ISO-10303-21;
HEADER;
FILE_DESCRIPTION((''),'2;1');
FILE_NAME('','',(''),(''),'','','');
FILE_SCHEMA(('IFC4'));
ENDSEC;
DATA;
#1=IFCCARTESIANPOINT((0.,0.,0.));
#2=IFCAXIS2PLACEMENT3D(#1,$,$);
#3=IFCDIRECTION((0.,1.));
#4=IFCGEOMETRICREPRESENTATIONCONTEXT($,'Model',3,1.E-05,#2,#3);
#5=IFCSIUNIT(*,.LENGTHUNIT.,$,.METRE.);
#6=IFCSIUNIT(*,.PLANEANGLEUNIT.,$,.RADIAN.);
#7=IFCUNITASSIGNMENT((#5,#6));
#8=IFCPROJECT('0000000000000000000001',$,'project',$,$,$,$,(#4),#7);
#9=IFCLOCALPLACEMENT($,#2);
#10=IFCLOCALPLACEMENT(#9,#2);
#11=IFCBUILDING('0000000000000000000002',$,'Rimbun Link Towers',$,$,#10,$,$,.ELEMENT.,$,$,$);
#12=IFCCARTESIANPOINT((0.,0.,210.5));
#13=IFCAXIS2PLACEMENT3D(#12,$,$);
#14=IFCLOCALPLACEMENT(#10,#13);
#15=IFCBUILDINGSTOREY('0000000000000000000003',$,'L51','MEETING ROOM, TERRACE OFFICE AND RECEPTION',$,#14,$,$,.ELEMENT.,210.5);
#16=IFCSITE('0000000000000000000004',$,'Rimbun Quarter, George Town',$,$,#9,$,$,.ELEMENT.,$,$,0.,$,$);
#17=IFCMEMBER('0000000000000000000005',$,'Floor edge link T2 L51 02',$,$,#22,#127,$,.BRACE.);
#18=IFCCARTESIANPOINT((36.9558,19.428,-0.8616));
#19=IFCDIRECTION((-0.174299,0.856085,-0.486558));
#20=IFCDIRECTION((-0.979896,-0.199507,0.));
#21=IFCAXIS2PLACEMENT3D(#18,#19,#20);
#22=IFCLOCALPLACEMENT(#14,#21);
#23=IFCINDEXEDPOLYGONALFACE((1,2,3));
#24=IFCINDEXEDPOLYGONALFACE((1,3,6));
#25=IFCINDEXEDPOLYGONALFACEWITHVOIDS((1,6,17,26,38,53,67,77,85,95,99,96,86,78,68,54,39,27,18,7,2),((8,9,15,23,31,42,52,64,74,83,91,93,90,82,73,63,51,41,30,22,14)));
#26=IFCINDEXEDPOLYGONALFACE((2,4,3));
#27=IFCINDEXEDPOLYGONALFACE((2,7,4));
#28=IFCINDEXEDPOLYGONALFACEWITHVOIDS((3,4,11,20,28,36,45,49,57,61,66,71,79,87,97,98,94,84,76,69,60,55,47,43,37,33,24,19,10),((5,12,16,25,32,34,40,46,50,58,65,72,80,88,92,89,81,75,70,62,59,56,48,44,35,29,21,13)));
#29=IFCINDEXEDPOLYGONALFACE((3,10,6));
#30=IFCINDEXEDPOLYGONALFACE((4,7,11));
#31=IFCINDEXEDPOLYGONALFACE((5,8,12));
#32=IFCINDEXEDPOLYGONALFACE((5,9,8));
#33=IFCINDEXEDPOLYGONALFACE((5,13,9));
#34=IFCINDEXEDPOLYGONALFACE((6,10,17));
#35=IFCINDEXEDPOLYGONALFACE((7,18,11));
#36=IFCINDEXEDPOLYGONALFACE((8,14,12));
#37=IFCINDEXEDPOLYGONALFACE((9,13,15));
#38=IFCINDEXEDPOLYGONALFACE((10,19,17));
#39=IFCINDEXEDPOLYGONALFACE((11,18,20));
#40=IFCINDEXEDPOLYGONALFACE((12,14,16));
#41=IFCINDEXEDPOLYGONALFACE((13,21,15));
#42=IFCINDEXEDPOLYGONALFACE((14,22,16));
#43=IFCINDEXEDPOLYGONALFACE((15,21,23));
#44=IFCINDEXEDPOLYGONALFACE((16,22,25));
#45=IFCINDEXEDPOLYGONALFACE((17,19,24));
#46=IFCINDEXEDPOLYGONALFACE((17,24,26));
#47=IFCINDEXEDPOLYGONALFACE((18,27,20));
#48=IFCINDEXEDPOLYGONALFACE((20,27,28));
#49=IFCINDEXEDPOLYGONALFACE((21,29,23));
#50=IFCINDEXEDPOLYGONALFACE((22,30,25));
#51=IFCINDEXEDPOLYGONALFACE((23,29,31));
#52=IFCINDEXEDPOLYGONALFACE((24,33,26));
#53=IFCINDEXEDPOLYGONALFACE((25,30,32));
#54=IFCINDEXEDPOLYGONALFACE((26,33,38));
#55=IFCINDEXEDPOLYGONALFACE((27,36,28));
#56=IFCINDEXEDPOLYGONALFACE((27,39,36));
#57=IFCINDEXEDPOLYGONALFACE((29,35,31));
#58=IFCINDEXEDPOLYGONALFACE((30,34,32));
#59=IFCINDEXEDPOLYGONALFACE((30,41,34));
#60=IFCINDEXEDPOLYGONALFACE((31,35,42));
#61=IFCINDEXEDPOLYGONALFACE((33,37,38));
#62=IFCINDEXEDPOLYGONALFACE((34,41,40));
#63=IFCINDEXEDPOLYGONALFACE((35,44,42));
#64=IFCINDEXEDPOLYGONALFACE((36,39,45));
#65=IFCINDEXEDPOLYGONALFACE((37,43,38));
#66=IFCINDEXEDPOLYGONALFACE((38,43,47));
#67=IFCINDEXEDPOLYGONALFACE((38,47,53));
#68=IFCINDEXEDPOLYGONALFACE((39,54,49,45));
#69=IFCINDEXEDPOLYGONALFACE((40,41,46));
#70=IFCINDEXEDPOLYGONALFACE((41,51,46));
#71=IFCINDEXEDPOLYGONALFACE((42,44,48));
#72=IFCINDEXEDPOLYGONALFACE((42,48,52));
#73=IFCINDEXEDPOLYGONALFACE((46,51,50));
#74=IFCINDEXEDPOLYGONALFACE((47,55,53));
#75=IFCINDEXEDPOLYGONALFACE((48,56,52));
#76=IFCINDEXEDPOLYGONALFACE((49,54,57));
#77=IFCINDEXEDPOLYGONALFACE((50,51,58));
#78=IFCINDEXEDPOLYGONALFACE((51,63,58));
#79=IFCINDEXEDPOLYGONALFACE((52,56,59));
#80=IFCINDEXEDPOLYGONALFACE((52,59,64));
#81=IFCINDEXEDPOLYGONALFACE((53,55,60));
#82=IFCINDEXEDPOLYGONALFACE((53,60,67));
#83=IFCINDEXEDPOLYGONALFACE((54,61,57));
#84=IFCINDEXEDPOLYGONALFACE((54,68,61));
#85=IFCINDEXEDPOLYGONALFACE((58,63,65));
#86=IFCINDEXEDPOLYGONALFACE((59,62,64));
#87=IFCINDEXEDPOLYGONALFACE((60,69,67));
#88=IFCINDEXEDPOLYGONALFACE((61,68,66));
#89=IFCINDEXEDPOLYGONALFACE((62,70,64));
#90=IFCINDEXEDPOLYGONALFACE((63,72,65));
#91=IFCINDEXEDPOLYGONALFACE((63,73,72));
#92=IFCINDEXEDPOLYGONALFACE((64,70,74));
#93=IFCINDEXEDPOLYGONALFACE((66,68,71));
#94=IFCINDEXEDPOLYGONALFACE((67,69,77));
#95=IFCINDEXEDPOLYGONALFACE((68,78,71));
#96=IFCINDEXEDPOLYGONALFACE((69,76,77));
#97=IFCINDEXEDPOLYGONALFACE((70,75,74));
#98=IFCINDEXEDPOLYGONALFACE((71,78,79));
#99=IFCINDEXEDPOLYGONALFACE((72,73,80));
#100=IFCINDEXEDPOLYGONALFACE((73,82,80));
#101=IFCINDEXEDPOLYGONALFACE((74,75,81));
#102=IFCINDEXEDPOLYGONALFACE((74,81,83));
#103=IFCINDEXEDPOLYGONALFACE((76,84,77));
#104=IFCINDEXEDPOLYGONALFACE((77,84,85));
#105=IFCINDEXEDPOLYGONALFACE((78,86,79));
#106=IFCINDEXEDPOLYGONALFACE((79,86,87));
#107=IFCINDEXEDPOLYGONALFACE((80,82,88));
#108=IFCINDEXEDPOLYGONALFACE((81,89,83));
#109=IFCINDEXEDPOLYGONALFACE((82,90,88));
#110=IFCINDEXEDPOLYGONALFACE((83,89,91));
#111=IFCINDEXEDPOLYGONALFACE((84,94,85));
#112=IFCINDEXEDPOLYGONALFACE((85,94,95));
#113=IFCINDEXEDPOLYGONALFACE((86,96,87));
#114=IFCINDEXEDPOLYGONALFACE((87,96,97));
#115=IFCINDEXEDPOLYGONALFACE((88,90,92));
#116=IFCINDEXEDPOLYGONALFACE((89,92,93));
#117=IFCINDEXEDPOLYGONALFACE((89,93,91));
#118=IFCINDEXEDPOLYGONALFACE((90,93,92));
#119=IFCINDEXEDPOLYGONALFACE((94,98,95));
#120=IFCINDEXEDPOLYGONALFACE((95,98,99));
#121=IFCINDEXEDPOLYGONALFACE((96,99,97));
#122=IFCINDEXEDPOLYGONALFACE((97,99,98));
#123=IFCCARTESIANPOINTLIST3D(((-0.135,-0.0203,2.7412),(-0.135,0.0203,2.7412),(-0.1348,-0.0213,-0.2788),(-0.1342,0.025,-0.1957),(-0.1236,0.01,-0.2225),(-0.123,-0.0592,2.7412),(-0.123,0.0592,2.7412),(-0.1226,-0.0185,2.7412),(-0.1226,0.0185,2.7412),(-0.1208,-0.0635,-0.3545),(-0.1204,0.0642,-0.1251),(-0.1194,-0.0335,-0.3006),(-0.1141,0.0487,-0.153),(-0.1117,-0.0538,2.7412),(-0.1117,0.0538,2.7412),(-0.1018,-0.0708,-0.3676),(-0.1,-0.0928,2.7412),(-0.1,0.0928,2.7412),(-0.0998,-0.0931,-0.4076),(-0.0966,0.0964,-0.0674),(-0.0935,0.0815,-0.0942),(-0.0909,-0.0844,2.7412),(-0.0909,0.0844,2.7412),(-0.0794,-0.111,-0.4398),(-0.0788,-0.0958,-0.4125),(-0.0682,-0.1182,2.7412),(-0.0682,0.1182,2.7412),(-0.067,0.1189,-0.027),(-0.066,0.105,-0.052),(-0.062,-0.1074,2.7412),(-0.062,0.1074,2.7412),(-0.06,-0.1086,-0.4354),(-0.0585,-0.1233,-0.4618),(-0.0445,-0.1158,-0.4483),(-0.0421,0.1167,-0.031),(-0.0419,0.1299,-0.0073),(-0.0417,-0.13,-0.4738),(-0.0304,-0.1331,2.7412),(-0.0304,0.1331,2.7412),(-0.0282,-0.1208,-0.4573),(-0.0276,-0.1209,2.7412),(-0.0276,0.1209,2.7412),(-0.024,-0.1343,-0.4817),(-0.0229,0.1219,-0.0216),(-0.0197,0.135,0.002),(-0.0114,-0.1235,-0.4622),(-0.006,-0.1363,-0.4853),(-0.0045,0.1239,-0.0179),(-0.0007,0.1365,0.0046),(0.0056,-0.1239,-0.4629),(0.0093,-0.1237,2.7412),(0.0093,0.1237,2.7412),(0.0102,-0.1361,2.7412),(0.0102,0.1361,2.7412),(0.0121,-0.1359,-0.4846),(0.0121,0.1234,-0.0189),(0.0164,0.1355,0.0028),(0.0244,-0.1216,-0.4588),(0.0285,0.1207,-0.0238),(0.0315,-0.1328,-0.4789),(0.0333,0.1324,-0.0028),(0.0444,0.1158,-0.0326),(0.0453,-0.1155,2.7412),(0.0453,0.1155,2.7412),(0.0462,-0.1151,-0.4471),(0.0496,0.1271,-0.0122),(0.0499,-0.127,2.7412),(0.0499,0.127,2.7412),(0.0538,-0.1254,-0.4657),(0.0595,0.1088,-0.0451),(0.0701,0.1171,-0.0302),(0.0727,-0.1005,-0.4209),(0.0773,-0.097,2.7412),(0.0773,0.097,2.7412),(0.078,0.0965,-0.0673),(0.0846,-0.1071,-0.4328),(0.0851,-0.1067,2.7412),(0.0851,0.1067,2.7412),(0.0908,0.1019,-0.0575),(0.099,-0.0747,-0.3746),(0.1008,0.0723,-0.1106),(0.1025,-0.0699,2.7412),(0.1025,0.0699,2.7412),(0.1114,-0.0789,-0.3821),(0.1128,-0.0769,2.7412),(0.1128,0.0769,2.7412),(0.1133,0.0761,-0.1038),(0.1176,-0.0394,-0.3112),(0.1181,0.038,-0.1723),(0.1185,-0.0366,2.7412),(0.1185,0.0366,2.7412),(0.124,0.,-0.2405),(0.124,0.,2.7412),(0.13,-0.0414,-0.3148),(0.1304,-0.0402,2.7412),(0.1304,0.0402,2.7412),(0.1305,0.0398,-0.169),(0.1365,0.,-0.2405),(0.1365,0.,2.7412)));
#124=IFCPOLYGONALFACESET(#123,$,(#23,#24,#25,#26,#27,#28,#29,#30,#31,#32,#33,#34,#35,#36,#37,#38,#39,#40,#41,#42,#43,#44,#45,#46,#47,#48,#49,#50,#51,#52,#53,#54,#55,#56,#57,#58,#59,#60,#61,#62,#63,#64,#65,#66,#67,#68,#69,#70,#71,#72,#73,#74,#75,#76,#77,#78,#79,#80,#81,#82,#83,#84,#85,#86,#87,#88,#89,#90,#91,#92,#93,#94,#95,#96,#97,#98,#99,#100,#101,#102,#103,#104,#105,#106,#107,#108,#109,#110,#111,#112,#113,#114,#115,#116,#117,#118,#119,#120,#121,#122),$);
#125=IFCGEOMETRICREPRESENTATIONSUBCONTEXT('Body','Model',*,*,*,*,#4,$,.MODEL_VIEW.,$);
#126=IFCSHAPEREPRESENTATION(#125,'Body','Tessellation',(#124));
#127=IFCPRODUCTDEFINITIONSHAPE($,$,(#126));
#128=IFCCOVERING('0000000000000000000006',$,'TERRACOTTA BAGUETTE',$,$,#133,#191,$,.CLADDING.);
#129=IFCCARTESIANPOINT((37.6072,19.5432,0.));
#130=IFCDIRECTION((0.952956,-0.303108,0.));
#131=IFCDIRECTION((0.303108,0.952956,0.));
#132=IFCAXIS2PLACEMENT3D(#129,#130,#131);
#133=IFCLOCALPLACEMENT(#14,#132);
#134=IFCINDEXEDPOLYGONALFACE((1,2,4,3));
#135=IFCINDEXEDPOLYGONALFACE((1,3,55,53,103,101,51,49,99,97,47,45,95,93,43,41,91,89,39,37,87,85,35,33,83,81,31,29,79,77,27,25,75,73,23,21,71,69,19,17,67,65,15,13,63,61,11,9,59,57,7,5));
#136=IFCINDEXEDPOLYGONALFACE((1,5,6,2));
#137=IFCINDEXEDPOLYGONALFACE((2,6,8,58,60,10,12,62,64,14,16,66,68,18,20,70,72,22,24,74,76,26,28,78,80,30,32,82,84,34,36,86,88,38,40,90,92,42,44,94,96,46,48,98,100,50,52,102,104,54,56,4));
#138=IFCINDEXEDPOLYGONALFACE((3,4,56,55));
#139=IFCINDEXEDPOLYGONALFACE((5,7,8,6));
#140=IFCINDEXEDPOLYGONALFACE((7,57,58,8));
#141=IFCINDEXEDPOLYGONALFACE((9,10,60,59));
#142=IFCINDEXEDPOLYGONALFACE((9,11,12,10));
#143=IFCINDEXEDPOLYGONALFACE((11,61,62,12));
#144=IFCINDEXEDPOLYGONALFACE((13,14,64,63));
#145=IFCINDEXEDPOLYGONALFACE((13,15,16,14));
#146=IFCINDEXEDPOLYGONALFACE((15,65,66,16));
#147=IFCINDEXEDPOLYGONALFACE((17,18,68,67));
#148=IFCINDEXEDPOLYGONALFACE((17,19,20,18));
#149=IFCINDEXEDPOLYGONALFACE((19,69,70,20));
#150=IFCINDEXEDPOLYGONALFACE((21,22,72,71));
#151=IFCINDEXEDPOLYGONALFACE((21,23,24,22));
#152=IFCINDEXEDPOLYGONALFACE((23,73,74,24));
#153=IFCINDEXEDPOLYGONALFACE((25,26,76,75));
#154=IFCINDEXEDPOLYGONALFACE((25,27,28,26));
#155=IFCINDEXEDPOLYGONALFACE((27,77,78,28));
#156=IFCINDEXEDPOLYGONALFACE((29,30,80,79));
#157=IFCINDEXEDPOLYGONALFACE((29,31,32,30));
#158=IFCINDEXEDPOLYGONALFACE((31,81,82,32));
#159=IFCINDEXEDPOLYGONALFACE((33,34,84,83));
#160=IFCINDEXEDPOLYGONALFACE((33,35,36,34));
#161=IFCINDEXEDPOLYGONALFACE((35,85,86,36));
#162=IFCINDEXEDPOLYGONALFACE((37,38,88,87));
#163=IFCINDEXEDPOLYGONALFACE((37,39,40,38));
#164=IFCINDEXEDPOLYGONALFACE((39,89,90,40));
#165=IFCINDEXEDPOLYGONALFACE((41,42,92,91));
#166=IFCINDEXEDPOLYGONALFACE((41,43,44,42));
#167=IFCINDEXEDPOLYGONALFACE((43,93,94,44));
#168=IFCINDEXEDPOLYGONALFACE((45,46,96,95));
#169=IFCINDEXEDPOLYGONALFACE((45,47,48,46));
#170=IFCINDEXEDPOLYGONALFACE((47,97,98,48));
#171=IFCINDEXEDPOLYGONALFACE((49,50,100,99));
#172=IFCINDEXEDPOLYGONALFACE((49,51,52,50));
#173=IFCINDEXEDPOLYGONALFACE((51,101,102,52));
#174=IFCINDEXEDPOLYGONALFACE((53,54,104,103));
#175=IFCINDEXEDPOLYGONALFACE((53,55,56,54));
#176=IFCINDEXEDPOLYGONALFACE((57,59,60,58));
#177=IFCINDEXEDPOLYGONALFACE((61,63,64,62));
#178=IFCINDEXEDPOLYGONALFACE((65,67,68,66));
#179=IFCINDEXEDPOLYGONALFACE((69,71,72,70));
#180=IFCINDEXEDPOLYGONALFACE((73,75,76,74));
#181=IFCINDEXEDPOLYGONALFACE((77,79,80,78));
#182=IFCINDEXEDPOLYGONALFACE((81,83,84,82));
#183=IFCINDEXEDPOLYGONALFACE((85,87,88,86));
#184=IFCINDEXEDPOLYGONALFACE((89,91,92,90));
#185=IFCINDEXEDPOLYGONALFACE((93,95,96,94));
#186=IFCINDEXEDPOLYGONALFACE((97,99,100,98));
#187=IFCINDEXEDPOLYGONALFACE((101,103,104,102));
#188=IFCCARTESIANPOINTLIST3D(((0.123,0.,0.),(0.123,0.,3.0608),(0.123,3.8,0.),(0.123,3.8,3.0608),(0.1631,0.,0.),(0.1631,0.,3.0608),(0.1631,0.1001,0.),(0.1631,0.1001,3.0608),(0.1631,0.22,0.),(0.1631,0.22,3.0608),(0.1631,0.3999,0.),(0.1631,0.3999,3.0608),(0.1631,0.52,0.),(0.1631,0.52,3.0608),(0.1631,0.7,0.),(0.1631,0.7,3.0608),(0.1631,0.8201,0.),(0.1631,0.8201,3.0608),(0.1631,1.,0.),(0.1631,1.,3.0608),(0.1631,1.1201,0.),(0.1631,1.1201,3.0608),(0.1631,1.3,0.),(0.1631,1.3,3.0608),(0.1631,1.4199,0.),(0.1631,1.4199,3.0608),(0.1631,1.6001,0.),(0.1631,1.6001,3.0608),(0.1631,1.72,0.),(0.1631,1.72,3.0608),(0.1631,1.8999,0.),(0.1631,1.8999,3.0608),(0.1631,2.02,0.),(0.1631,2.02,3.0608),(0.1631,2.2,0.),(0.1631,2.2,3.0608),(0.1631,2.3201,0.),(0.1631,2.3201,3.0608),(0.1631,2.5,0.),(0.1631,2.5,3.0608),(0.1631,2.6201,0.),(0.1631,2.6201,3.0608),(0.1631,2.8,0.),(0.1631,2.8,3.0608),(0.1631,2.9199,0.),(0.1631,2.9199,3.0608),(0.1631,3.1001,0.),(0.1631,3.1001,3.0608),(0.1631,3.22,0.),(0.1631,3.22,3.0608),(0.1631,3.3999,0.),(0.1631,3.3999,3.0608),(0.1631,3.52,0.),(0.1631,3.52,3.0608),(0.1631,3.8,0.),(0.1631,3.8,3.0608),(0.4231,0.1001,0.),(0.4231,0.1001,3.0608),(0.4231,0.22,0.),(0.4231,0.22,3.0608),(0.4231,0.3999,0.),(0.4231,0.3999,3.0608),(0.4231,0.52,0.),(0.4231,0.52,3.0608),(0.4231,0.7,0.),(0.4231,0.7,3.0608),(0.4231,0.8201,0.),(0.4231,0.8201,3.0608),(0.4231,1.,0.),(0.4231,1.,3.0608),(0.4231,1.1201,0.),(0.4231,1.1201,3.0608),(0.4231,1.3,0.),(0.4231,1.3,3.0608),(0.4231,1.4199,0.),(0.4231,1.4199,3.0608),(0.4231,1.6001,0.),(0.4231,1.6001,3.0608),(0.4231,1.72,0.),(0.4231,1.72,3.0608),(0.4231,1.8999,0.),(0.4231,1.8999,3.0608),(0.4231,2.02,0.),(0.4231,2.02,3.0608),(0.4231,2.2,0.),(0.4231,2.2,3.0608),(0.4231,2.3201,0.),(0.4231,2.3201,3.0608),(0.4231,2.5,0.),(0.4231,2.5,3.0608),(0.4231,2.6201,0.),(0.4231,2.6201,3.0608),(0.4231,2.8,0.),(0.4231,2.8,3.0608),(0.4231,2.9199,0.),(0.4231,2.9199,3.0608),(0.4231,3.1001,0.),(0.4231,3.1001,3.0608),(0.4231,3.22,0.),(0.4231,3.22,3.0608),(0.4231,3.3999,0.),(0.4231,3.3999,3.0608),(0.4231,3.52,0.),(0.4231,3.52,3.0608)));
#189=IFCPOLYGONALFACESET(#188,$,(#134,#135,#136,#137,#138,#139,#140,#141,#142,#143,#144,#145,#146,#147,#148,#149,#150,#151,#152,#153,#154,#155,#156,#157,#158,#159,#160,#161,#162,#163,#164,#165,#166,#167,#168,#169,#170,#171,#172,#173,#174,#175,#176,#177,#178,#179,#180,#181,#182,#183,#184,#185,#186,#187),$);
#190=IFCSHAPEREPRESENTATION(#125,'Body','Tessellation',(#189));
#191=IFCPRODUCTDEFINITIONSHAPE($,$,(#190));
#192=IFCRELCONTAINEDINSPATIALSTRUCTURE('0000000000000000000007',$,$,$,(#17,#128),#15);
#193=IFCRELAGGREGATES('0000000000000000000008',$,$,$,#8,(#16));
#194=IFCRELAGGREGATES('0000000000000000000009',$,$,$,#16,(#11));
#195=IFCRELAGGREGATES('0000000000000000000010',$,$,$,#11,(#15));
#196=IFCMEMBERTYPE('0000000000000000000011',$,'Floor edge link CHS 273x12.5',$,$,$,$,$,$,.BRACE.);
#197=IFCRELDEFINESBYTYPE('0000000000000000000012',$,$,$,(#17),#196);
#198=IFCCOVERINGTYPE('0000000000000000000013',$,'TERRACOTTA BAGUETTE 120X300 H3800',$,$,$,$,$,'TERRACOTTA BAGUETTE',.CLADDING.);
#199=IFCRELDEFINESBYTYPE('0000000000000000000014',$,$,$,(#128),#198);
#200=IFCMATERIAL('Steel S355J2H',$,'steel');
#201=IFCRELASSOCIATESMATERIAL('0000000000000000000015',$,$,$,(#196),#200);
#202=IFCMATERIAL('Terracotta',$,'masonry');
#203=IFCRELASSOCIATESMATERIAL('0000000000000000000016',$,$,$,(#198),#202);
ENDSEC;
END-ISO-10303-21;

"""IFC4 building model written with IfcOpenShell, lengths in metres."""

from ifc_helpers import new_model, si_unit, direction, frame, origin, origin_2d, place, context, subcontext, project, spatial, polyline, hollow_circle, outline, extrude, clip, halfspace, material, material_profile, profile_set, type_object, element, save


model = new_model("IFC4")

# Units and contexts
model_context = context("Model", 3, precision=1e-05, world=origin(), true_north=direction((0.0, 1.0)))
body_context = subcontext(model_context, "Body", "Model", "MODEL_VIEW")
ifc_project = project(units=[si_unit("LENGTHUNIT", "METRE"), si_unit("PLANEANGLEUNIT", "RADIAN")], contexts=[model_context])

# Site, building, storey
site_placement = place(None, origin())
site = spatial("IfcSite", under=ifc_project, at=site_placement, Name="Rimbun Quarter, George Town", CompositionType="ELEMENT", RefElevation=0.0)
building_placement = place(site_placement, origin())
building = spatial("IfcBuilding", under=site, at=building_placement, Name="Rimbun Link Towers", CompositionType="ELEMENT")
storey_placement = place(building_placement, frame((0.0, 0.0, 210.5)))
storey = spatial("IfcBuildingStorey", under=building, at=storey_placement, Name="L51", Description="MEETING ROOM, TERRACE OFFICE AND RECEPTION", CompositionType="ELEMENT", Elevation=210.5)

# Member
ifc_material_1 = material(Name="Steel S355J2H", Category="steel")
ifc_material_profile_1 = material_profile(ifc_material_1, hollow_circle(Radius=0.1365, WallThickness=0.0125, at=origin_2d()), Name="CHS 273x12.5")
ifc_profile_set_1 = profile_set([ifc_material_profile_1], Name="Steel S355J2H")
member_type_1 = type_object("IfcMemberType", Name="Floor edge link CHS 273x12.5", PredefinedType="BRACE", material=ifc_profile_set_1)
member_1_placement = place(storey_placement, frame((36.9558, 19.428, -0.8616), z_axis=(-0.174299, 0.856085, -0.486558), x_axis=(-0.979896, -0.199507, 0.0)))
element("IfcMember", 1, at=member_1_placement, inside=storey, type_object=member_type_1, Name="Floor edge link T2 L51 02", PredefinedType="BRACE", context=body_context, shape_type="Clipping", body=[
    clip(extrude(hollow_circle(Radius=0.1365, WallThickness=0.0125, at=origin_2d()), frame((0.0, 0.0, -0.5107)), (0.0, 0.0, 1.0), 3.252), halfspace(frame((0.0, 0.0, -0.2405), z_axis=(0.0, 0.873648, -0.486558)), False)),
])

# Covering
ifc_material_2 = material(Name="Terracotta", Category="masonry")
ifc_material_profile_2 = material_profile(ifc_material_2, outline(polyline([(0.123, 0.0), (0.1631, 0.0), (0.1631, 0.1001), (0.4231, 0.1001), (0.4231, 0.22), (0.1631, 0.22), (0.1631, 0.3999), (0.4231, 0.3999), (0.4231, 0.52), (0.1631, 0.52), (0.1631, 0.7), (0.4231, 0.7), (0.4231, 0.8201), (0.1631, 0.8201), (0.1631, 1.0), (0.4231, 1.0), (0.4231, 1.1201), (0.1631, 1.1201), (0.1631, 1.3), (0.4231, 1.3), (0.4231, 1.4199), (0.1631, 1.4199), (0.1631, 1.6001), (0.4231, 1.6001), (0.4231, 1.72), (0.1631, 1.72), (0.1631, 1.8999), (0.4231, 1.8999), (0.4231, 2.02), (0.1631, 2.02), (0.1631, 2.2), (0.4231, 2.2), (0.4231, 2.3201), (0.1631, 2.3201), (0.1631, 2.5), (0.4231, 2.5), (0.4231, 2.6201), (0.1631, 2.6201), (0.1631, 2.8), (0.4231, 2.8), (0.4231, 2.9199), (0.1631, 2.9199), (0.1631, 3.1001), (0.4231, 3.1001), (0.4231, 3.22), (0.1631, 3.22), (0.1631, 3.3999), (0.4231, 3.3999), (0.4231, 3.52), (0.1631, 3.52), (0.1631, 3.8), (0.123, 3.8), (0.123, 0.0)])), Name="BAGUETTE 120X300")
ifc_profile_set_2 = profile_set([ifc_material_profile_2], Name="Terracotta")
covering_type = type_object("IfcCoveringType", Name="TERRACOTTA BAGUETTE 120X300 H3800", ElementType="TERRACOTTA BAGUETTE", PredefinedType="CLADDING", material=ifc_profile_set_2)
covering_1_placement = place(storey_placement, frame((37.6072, 19.5432, 0.0), z_axis=(0.952956, -0.303108, 0.0), x_axis=(0.303108, 0.952956, 0.0)))
element("IfcCovering", 2, at=covering_1_placement, inside=storey, type_object=covering_type, Name="TERRACOTTA BAGUETTE", PredefinedType="CLADDING", context=body_context, shape_type="SweptSolid", body=[
    extrude(outline(polyline([(0.123, 0.0), (0.1631, 0.0), (0.1631, 0.1001), (0.4231, 0.1001), (0.4231, 0.22), (0.1631, 0.22), (0.1631, 0.3999), (0.4231, 0.3999), (0.4231, 0.52), (0.1631, 0.52), (0.1631, 0.7), (0.4231, 0.7), (0.4231, 0.8201), (0.1631, 0.8201), (0.1631, 1.0), (0.4231, 1.0), (0.4231, 1.1201), (0.1631, 1.1201), (0.1631, 1.3), (0.4231, 1.3), (0.4231, 1.4199), (0.1631, 1.4199), (0.1631, 1.6001), (0.4231, 1.6001), (0.4231, 1.72), (0.1631, 1.72), (0.1631, 1.8999), (0.4231, 1.8999), (0.4231, 2.02), (0.1631, 2.02), (0.1631, 2.2), (0.4231, 2.2), (0.4231, 2.3201), (0.1631, 2.3201), (0.1631, 2.5), (0.4231, 2.5), (0.4231, 2.6201), (0.1631, 2.6201), (0.1631, 2.8), (0.4231, 2.8), (0.4231, 2.9199), (0.1631, 2.9199), (0.1631, 3.1001), (0.4231, 3.1001), (0.4231, 3.22), (0.1631, 3.22), (0.1631, 3.3999), (0.4231, 3.3999), (0.4231, 3.52), (0.1631, 3.52), (0.1631, 3.8), (0.123, 3.8), (0.123, 0.0)])), origin(), (0.0, 0.0, 1.0), 3.0608),
])

save(model, "model.ifc")
